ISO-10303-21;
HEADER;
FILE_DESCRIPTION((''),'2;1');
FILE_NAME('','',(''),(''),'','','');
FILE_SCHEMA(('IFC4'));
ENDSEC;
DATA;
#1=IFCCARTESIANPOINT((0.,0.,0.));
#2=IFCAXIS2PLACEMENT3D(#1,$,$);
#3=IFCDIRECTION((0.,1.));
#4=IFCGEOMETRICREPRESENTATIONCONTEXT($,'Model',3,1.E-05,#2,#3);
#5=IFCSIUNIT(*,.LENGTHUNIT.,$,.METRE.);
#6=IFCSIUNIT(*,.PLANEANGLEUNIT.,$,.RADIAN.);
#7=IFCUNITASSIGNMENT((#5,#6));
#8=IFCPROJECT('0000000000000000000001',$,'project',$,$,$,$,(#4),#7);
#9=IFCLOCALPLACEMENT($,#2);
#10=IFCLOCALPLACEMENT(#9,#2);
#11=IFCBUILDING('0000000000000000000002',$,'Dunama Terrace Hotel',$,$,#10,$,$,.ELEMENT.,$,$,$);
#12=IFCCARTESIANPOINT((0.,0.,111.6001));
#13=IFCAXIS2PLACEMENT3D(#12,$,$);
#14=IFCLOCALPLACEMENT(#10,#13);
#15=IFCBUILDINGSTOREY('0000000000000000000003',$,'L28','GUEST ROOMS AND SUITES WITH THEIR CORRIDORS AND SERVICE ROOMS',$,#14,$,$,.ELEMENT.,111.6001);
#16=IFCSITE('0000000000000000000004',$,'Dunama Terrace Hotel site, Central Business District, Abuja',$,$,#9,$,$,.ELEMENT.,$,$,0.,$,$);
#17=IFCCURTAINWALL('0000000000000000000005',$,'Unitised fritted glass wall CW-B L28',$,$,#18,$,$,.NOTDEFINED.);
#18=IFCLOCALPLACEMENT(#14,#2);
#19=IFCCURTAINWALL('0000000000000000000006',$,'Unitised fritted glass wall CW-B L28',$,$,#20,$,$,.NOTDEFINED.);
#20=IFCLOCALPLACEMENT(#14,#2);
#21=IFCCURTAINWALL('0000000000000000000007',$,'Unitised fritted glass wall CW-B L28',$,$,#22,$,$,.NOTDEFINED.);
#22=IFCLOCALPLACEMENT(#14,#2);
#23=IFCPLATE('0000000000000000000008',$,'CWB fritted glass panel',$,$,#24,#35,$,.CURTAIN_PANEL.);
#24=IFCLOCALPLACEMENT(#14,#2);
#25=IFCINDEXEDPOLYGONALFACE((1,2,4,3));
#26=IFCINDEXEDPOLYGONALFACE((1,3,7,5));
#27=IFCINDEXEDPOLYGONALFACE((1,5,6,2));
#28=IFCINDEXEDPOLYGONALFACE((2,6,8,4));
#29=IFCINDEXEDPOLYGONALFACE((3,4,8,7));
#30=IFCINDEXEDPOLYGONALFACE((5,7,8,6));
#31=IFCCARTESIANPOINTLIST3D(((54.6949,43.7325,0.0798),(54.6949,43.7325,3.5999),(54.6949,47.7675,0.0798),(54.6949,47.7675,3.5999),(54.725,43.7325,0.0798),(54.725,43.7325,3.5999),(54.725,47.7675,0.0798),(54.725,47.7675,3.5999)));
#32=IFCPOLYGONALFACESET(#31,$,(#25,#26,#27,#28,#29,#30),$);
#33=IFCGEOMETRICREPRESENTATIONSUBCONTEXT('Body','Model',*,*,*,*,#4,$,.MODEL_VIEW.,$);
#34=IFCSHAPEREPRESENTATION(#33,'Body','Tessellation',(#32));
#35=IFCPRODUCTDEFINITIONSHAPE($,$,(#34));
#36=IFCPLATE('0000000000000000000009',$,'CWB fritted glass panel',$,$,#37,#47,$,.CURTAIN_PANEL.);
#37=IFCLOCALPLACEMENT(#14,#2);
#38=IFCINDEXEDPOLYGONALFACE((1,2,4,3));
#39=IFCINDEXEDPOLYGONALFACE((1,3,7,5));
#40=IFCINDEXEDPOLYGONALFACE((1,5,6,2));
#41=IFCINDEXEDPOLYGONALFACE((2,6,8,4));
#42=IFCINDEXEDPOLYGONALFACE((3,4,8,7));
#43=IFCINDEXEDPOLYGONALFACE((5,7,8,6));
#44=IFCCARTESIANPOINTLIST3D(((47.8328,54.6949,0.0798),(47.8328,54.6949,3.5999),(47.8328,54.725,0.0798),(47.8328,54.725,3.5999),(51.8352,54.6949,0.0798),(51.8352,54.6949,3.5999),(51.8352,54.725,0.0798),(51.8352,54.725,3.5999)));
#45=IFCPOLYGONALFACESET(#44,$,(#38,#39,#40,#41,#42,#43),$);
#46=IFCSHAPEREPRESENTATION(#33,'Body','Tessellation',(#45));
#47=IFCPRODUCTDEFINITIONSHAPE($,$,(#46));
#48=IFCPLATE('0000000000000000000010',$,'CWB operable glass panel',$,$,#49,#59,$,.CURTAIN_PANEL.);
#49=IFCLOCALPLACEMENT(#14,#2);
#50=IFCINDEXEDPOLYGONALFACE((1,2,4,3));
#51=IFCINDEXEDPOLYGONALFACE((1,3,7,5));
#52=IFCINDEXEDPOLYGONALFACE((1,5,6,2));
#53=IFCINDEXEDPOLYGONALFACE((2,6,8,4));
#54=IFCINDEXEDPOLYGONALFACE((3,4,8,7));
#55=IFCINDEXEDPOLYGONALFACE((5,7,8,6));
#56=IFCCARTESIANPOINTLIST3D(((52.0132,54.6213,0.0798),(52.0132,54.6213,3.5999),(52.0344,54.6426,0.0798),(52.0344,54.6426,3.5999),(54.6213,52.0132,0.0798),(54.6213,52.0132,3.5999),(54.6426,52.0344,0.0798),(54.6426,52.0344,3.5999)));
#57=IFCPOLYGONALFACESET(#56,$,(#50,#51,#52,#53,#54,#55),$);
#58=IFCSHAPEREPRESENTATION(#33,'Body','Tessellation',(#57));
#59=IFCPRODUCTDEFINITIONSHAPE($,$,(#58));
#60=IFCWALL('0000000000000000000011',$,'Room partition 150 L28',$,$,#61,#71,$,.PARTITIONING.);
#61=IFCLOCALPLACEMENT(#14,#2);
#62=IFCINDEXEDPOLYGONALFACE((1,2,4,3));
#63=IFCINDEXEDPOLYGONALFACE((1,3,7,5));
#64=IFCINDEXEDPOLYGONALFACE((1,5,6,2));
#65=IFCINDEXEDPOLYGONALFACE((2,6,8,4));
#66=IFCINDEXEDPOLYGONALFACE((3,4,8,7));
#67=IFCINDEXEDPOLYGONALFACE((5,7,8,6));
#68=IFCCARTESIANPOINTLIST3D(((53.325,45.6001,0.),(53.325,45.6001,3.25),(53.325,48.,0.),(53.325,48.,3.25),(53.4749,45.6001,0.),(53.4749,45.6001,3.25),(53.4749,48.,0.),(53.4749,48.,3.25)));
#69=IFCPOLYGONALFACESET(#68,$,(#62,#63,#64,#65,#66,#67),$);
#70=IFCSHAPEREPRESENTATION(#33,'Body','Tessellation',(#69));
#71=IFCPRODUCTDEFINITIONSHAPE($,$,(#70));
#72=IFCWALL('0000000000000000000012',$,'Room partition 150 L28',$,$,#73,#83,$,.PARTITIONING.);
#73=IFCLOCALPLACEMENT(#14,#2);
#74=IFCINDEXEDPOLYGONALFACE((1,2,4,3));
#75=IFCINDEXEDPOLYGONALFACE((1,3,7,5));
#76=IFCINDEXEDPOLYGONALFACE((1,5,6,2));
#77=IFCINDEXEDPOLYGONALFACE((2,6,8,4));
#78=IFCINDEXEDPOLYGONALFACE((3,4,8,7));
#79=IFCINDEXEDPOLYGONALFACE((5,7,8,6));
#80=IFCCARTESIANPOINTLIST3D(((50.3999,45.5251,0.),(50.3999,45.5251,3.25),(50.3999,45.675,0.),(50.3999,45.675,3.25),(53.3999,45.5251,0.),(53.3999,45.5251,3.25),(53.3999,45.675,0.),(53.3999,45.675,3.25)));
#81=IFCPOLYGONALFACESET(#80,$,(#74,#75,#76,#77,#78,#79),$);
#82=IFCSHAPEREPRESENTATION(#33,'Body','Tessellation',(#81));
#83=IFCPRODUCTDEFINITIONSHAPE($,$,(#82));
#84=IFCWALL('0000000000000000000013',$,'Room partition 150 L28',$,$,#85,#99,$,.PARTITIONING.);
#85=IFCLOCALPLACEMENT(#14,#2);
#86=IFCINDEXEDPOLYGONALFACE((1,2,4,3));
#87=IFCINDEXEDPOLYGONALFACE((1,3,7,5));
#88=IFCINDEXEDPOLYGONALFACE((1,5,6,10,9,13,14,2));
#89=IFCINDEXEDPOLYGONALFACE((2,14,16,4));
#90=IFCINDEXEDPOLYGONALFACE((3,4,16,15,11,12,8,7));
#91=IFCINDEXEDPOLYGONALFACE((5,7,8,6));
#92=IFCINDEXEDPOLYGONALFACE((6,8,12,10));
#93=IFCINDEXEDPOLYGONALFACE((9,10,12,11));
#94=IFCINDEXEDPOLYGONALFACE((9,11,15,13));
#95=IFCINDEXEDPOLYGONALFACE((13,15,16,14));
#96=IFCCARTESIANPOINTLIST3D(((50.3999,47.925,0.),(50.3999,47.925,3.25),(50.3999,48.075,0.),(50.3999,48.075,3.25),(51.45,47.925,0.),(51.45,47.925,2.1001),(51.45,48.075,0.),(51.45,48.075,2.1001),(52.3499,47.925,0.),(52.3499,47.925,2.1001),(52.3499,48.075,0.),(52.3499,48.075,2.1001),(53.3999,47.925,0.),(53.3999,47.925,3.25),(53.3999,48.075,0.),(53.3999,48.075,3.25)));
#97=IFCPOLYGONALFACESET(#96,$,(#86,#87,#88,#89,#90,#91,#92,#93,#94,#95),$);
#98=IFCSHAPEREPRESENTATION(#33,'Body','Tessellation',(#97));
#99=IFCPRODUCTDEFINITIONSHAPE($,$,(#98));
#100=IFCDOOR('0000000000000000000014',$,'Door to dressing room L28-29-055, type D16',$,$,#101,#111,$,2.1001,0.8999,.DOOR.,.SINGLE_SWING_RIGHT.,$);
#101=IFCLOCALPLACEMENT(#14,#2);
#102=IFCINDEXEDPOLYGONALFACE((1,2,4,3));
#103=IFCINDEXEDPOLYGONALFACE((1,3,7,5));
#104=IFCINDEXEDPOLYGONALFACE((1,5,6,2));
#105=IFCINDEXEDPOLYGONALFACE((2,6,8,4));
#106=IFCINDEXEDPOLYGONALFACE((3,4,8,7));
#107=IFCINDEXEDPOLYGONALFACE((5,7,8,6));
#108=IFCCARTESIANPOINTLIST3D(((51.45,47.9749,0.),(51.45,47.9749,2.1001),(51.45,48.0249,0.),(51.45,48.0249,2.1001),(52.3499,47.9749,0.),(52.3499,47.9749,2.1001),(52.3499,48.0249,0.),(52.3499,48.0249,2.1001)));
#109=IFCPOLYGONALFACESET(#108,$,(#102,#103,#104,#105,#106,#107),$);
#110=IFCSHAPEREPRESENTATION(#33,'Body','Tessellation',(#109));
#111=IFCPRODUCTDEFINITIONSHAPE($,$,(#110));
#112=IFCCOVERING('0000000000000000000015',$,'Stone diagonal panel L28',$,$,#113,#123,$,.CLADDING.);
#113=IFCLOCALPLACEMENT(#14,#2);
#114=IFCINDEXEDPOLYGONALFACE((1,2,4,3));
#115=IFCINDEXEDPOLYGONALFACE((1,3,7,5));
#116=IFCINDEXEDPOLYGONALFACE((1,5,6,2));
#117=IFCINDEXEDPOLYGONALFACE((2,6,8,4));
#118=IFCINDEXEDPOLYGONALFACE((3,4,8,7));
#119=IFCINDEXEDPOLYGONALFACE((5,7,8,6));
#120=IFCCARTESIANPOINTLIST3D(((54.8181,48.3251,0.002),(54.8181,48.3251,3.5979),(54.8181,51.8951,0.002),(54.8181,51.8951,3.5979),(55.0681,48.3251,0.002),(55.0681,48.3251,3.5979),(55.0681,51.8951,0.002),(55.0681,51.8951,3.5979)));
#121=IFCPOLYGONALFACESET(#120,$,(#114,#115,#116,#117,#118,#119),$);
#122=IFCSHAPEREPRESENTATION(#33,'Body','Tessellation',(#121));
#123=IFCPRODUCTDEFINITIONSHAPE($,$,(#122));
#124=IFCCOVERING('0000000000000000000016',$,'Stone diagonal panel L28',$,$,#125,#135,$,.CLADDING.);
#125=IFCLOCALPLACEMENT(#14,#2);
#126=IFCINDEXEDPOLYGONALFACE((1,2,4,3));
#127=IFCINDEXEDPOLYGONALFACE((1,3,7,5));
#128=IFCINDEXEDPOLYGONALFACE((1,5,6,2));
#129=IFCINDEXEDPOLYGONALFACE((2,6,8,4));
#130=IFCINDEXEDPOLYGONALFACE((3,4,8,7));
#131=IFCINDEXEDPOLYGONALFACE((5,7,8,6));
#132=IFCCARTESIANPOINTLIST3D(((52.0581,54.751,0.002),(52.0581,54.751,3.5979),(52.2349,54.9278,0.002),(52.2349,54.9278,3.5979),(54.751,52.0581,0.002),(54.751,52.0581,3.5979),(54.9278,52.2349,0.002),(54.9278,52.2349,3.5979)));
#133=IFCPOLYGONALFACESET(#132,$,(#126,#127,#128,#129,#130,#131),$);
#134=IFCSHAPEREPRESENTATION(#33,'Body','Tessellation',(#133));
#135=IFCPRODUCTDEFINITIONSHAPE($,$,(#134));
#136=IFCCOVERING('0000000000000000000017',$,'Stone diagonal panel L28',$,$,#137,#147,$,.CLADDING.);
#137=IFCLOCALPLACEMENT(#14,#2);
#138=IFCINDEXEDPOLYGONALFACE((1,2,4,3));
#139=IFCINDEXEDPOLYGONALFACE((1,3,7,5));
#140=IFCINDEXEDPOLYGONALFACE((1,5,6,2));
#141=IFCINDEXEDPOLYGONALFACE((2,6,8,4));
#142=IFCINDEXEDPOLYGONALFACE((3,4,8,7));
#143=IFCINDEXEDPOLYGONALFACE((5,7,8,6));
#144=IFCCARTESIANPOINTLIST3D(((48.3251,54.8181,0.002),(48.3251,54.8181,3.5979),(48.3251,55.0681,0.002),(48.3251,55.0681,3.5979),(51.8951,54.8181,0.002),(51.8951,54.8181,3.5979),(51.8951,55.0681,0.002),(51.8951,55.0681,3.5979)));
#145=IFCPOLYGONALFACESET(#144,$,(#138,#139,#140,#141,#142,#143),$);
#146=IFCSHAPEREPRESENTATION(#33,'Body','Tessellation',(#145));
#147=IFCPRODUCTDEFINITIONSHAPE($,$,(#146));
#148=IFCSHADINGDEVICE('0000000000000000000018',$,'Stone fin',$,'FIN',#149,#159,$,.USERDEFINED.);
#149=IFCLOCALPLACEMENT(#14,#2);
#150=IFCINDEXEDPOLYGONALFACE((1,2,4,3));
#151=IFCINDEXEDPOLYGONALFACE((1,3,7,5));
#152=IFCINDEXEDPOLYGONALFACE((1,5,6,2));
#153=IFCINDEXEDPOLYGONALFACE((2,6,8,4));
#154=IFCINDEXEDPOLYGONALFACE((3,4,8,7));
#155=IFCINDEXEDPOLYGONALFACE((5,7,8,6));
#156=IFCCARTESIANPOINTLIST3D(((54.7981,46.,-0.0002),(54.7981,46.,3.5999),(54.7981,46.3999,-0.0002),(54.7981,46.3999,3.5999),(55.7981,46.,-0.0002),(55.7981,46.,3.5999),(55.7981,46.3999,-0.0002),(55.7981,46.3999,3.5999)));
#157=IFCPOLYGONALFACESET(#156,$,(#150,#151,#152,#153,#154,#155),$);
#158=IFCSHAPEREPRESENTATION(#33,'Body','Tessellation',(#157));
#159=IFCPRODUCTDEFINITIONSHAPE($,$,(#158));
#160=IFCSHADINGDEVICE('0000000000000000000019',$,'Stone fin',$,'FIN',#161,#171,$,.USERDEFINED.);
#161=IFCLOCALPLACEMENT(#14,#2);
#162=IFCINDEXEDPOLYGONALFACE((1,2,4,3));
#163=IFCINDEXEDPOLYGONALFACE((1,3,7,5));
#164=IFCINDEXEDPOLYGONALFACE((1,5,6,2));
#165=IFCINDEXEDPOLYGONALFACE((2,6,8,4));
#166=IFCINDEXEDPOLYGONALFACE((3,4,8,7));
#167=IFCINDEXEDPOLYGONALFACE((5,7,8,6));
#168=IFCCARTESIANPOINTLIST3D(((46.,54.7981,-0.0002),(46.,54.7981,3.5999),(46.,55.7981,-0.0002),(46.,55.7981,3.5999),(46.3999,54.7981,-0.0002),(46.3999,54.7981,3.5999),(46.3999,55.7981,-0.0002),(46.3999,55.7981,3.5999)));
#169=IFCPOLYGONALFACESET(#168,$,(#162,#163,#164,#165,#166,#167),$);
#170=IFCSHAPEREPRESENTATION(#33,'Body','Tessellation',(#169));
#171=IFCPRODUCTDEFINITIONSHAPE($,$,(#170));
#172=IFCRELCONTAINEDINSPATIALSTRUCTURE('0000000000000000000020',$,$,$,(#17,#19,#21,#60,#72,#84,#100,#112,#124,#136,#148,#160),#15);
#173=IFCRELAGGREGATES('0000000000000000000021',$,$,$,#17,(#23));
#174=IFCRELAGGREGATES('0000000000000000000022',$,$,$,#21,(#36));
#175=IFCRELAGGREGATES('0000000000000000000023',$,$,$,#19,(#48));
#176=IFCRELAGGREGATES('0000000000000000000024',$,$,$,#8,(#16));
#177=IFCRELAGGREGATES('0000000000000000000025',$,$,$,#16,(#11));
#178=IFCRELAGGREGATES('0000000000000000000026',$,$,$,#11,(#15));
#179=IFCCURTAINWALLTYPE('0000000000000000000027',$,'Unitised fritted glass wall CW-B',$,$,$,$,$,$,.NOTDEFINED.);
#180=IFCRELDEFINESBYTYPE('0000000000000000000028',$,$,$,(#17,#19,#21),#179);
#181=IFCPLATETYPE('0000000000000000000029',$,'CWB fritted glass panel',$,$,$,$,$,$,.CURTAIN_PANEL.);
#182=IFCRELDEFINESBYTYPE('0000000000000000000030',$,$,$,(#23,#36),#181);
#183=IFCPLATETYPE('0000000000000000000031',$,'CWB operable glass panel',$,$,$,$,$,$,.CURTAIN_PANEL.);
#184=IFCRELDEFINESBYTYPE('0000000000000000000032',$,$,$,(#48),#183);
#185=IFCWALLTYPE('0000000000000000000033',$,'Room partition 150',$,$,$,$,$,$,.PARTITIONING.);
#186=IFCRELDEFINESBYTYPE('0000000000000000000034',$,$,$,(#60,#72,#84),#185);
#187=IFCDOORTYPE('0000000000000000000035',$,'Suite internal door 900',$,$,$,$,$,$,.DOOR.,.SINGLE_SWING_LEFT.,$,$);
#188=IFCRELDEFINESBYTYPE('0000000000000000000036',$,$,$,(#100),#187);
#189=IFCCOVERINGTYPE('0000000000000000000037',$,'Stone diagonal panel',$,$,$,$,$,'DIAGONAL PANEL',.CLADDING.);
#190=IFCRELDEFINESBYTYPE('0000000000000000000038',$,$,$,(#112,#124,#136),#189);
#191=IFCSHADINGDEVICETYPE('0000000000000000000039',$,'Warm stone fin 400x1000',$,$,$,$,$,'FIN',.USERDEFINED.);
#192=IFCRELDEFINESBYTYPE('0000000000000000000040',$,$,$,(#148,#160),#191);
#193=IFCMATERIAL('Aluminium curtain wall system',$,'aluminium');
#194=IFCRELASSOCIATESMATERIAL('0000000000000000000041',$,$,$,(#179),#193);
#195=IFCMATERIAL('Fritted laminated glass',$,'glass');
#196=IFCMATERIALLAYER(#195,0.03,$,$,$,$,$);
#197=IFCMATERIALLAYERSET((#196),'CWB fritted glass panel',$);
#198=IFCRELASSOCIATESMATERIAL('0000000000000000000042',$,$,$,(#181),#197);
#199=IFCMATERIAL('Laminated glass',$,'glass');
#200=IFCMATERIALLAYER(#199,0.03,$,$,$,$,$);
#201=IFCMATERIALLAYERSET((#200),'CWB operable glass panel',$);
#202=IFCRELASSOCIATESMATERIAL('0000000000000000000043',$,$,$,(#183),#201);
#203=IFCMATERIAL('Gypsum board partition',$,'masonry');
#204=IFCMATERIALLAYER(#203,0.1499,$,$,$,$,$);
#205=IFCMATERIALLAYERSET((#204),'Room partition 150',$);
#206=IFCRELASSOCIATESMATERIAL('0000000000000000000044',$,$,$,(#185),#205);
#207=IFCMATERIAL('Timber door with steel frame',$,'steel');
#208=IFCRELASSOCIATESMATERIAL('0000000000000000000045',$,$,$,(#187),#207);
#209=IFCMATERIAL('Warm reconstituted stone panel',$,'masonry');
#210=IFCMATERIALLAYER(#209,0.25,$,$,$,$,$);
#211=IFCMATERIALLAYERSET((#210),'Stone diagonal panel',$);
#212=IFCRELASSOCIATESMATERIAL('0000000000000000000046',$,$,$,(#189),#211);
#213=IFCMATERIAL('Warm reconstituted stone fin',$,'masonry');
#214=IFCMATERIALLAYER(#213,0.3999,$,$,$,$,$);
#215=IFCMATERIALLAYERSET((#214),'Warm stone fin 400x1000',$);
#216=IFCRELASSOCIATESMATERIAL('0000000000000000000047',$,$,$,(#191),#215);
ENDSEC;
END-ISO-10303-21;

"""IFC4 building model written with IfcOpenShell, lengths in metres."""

from ifc_helpers import new_model, si_unit, direction, frame, frame_2d, origin, origin_2d, place, context, subcontext, project, spatial, rectangle, extrude, material, layer, layer_set, type_object, element, fill, aggregate, save


model = new_model("IFC4")

# Units and contexts
model_context = context("Model", 3, precision=1e-05, world=origin(), true_north=direction((0.0, 1.0)))
body_context = subcontext(model_context, "Body", "Model", "MODEL_VIEW")
ifc_project = project(units=[si_unit("LENGTHUNIT", "METRE"), si_unit("PLANEANGLEUNIT", "RADIAN")], contexts=[model_context])

# Site, building, storey
site_placement = place(None, origin())
site = spatial("IfcSite", under=ifc_project, at=site_placement, Name="Dunama Terrace Hotel site, Central Business District, Abuja", CompositionType="ELEMENT", RefElevation=0.0)
building_placement = place(site_placement, origin())
building = spatial("IfcBuilding", under=site, at=building_placement, Name="Dunama Terrace Hotel", CompositionType="ELEMENT")
storey_placement = place(building_placement, frame((0.0, 0.0, 111.6001)))
storey = spatial("IfcBuildingStorey", under=building, at=storey_placement, Name="L28", Description="GUEST ROOMS AND SUITES WITH THEIR CORRIDORS AND SERVICE ROOMS", CompositionType="ELEMENT", Elevation=111.6001)

# Curtain walls
ifc_material_1 = material(Name="Aluminium curtain wall system", Category="aluminium")
curtain_wall_type = type_object("IfcCurtainWallType", Name="Unitised fritted glass wall CW-B", PredefinedType="NOTDEFINED", material=ifc_material_1)
curtain_wall_1_placement = place(storey_placement, origin())
curtain_wall_1 = element("IfcCurtainWall", 1, at=curtain_wall_1_placement, inside=storey, type_object=curtain_wall_type, Name="Unitised fritted glass wall CW-B L28", PredefinedType="NOTDEFINED")
curtain_wall_2_placement = place(storey_placement, origin())
curtain_wall_2 = element("IfcCurtainWall", 2, at=curtain_wall_2_placement, inside=storey, type_object=curtain_wall_type, Name="Unitised fritted glass wall CW-B L28", PredefinedType="NOTDEFINED")
curtain_wall_3_placement = place(storey_placement, origin())
curtain_wall_3 = element("IfcCurtainWall", 3, at=curtain_wall_3_placement, inside=storey, type_object=curtain_wall_type, Name="Unitised fritted glass wall CW-B L28", PredefinedType="NOTDEFINED")

# Plates
ifc_material_2 = material(Name="Fritted laminated glass", Category="glass")
ifc_layer_1 = layer(ifc_material_2, 0.03)
ifc_layer_set_1 = layer_set([ifc_layer_1], Name="CWB fritted glass panel")
plate_type_1 = type_object("IfcPlateType", Name="CWB fritted glass panel", PredefinedType="CURTAIN_PANEL", material=ifc_layer_set_1)
plate_1_placement = place(storey_placement, frame((54.71, 45.75, 0.0798), z_axis=(0.0, 0.0, 1.0), x_axis=(0.0, 1.0, 0.0)))
plate_1 = element("IfcPlate", 4, at=plate_1_placement, type_object=plate_type_1, Name="CWB fritted glass panel", PredefinedType="CURTAIN_PANEL", context=body_context, shape_type="SweptSolid", body=[
    extrude(rectangle(XDim=4.0349, YDim=0.03, at=origin_2d()), origin(), (0.0, 0.0, 1.0), 3.52),
])
aggregate(curtain_wall_1, [plate_1])
plate_2_placement = place(storey_placement, frame((49.834, 54.71, 0.0798), z_axis=(0.0, 0.0, 1.0), x_axis=(-1.0, 0.0, 0.0)))
plate_2 = element("IfcPlate", 5, at=plate_2_placement, type_object=plate_type_1, Name="CWB fritted glass panel", PredefinedType="CURTAIN_PANEL", context=body_context, shape_type="SweptSolid", body=[
    extrude(rectangle(XDim=4.0024, YDim=0.03, at=origin_2d()), origin(), (0.0, 0.0, 1.0), 3.52),
])
aggregate(curtain_wall_3, [plate_2])
ifc_material_3 = material(Name="Laminated glass", Category="glass")
ifc_layer_2 = layer(ifc_material_3, 0.03)
ifc_layer_set_2 = layer_set([ifc_layer_2], Name="CWB operable glass panel")
plate_type_2 = type_object("IfcPlateType", Name="CWB operable glass panel", PredefinedType="CURTAIN_PANEL", material=ifc_layer_set_2)
plate_3_placement = place(storey_placement, frame((53.3279, 53.3279, 0.0798), z_axis=(0.0, 0.0, 1.0), x_axis=(-0.707107, 0.707107, 0.0)))
plate_3 = element("IfcPlate", 6, at=plate_3_placement, type_object=plate_type_2, Name="CWB operable glass panel", PredefinedType="CURTAIN_PANEL", context=body_context, shape_type="SweptSolid", body=[
    extrude(rectangle(XDim=3.6885, YDim=0.03, at=origin_2d()), origin(), (0.0, 0.0, 1.0), 3.52),
])
aggregate(curtain_wall_2, [plate_3])

# Walls
ifc_material_4 = material(Name="Gypsum board partition", Category="masonry")
ifc_layer_3 = layer(ifc_material_4, 0.1499)
ifc_layer_set_3 = layer_set([ifc_layer_3], Name="Room partition 150")
wall_type = type_object("IfcWallType", Name="Room partition 150", PredefinedType="PARTITIONING", material=ifc_layer_set_3)
wall_1_placement = place(storey_placement, frame((53.3999, 45.6001, 0.0), z_axis=(0.0, 0.0, 1.0), x_axis=(0.0, 1.0, 0.0)))
element("IfcWall", 7, at=wall_1_placement, inside=storey, type_object=wall_type, Name="Room partition 150 L28", PredefinedType="PARTITIONING", context=body_context, shape_type="SweptSolid", body=[
    extrude(rectangle(XDim=2.3999, YDim=0.1499, at=frame_2d((1.2, 0.0))), origin(), (0.0, 0.0, 1.0), 3.25),
])
wall_2_placement = place(storey_placement, frame((50.3999, 45.6001, 0.0), z_axis=(0.0, 0.0, 1.0), x_axis=(1.0, 0.0, 0.0)))
element("IfcWall", 8, at=wall_2_placement, inside=storey, type_object=wall_type, Name="Room partition 150 L28", PredefinedType="PARTITIONING", context=body_context, shape_type="SweptSolid", body=[
    extrude(rectangle(XDim=3.0, YDim=0.1499, at=frame_2d((1.5, 0.0))), origin(), (0.0, 0.0, 1.0), 3.25),
])

# Wall, opening, door
wall_3_placement = place(storey_placement, frame((50.3999, 48.0, 0.0), z_axis=(0.0, 0.0, 1.0), x_axis=(1.0, 0.0, 0.0)))
wall_3 = element("IfcWall", 9, at=wall_3_placement, inside=storey, type_object=wall_type, Name="Room partition 150 L28", PredefinedType="PARTITIONING", context=body_context, shape_type="SweptSolid", body=[
    extrude(rectangle(XDim=3.0, YDim=0.1499, at=frame_2d((1.5, 0.0))), origin(), (0.0, 0.0, 1.0), 3.25),
])
opening_placement = place(wall_3_placement, frame((1.05, 0.0, 0.0)))
opening = element("IfcOpeningElement", 10, at=opening_placement, cuts=wall_3, PredefinedType="OPENING", context=body_context, shape_type="SweptSolid", body=[
    extrude(rectangle(XDim=0.8999, YDim=2.1001, at=frame_2d((0.45, 1.05))), frame((0.0, 0.085, 0.0), z_axis=(0.0, -1.0, 0.0), x_axis=(1.0, 0.0, 0.0)), (0.0, 0.0, 1.0), 0.1699),
])
ifc_material_5 = material(Name="Timber door with steel frame", Category="steel")
door_type = type_object("IfcDoorType", Name="Suite internal door 900", OperationType="SINGLE_SWING_LEFT", PredefinedType="DOOR", material=ifc_material_5)
door_placement = place(opening_placement, frame((0.8999, 0.0, 0.0), z_axis=(0.0, 0.0, 1.0), x_axis=(-1.0, 0.0, 0.0)))
door = element("IfcDoor", 11, at=door_placement, inside=storey, type_object=door_type, Name="Door to dressing room L28-29-055, type D16", OperationType="SINGLE_SWING_RIGHT", OverallHeight=2.1001, OverallWidth=0.8999, PredefinedType="DOOR", context=body_context, shape_type="SweptSolid", body=[
    extrude(rectangle(XDim=0.8999, YDim=2.1001, at=frame_2d((0.45, 1.05))), frame((0.0, 0.0251, 0.0), z_axis=(0.0, -1.0, 0.0), x_axis=(1.0, 0.0, 0.0)), (0.0, 0.0, 1.0), 0.05),
])
fill(opening, door)

# Coverings
ifc_material_6 = material(Name="Warm reconstituted stone panel", Category="masonry")
ifc_layer_4 = layer(ifc_material_6, 0.25)
ifc_layer_set_4 = layer_set([ifc_layer_4], Name="Stone diagonal panel")
covering_type = type_object("IfcCoveringType", Name="Stone diagonal panel", ElementType="DIAGONAL PANEL", PredefinedType="CLADDING", material=ifc_layer_set_4)
covering_1_placement = place(storey_placement, frame((54.9431, 50.1101, 0.002), z_axis=(0.0, 0.0, 1.0), x_axis=(0.0, 1.0, 0.0)))
element("IfcCovering", 12, at=covering_1_placement, inside=storey, type_object=covering_type, Name="Stone diagonal panel L28", PredefinedType="CLADDING", context=body_context, shape_type="SweptSolid", body=[
    extrude(rectangle(XDim=3.5701, YDim=0.25, at=origin_2d()), origin(), (0.0, 0.0, 1.0), 3.5959),
])
covering_2_placement = place(storey_placement, frame((53.4929, 53.4929, 0.002), z_axis=(0.0, 0.0, 1.0), x_axis=(-0.707107, 0.707107, 0.0)))
element("IfcCovering", 13, at=covering_2_placement, inside=storey, type_object=covering_type, Name="Stone diagonal panel L28", PredefinedType="CLADDING", context=body_context, shape_type="SweptSolid", body=[
    extrude(rectangle(XDim=3.8083, YDim=0.25, at=origin_2d()), origin(), (0.0, 0.0, 1.0), 3.5959),
])
covering_3_placement = place(storey_placement, frame((50.1101, 54.9431, 0.002), z_axis=(0.0, 0.0, 1.0), x_axis=(-1.0, 0.0, 0.0)))
element("IfcCovering", 14, at=covering_3_placement, inside=storey, type_object=covering_type, Name="Stone diagonal panel L28", PredefinedType="CLADDING", context=body_context, shape_type="SweptSolid", body=[
    extrude(rectangle(XDim=3.5701, YDim=0.25, at=origin_2d()), origin(), (0.0, 0.0, 1.0), 3.5959),
])

# Shading devices
ifc_material_7 = material(Name="Warm reconstituted stone fin", Category="masonry")
ifc_layer_5 = layer(ifc_material_7, 0.3999)
ifc_layer_set_5 = layer_set([ifc_layer_5], Name="Warm stone fin 400x1000")
shading_device_type = type_object("IfcShadingDeviceType", Name="Warm stone fin 400x1000", ElementType="FIN", PredefinedType="USERDEFINED", material=ifc_layer_set_5)
for number, where, z_axis, x_axis, name in (
    (15, (55.2981, 46.2, -0.0002), (0.0, 0.0, 1.0), (0.0, 1.0, 0.0), "Stone fin"),
    (16, (46.2, 55.2981, -0.0002), (0.0, 0.0, 1.0), (-1.0, 0.0, 0.0), "Stone fin"),
):
    element("IfcShadingDevice", number, at=place(storey_placement, frame(where, z_axis=z_axis, x_axis=x_axis)), inside=storey, type_object=shading_device_type, Name=name, ObjectType="FIN", PredefinedType="USERDEFINED", context=body_context, shape_type="SweptSolid", body=[
        extrude(rectangle(XDim=0.3999, YDim=1.0, at=origin_2d()), origin(), (0.0, 0.0, 1.0), 3.6001),
    ])

save(model, "model.ifc")
